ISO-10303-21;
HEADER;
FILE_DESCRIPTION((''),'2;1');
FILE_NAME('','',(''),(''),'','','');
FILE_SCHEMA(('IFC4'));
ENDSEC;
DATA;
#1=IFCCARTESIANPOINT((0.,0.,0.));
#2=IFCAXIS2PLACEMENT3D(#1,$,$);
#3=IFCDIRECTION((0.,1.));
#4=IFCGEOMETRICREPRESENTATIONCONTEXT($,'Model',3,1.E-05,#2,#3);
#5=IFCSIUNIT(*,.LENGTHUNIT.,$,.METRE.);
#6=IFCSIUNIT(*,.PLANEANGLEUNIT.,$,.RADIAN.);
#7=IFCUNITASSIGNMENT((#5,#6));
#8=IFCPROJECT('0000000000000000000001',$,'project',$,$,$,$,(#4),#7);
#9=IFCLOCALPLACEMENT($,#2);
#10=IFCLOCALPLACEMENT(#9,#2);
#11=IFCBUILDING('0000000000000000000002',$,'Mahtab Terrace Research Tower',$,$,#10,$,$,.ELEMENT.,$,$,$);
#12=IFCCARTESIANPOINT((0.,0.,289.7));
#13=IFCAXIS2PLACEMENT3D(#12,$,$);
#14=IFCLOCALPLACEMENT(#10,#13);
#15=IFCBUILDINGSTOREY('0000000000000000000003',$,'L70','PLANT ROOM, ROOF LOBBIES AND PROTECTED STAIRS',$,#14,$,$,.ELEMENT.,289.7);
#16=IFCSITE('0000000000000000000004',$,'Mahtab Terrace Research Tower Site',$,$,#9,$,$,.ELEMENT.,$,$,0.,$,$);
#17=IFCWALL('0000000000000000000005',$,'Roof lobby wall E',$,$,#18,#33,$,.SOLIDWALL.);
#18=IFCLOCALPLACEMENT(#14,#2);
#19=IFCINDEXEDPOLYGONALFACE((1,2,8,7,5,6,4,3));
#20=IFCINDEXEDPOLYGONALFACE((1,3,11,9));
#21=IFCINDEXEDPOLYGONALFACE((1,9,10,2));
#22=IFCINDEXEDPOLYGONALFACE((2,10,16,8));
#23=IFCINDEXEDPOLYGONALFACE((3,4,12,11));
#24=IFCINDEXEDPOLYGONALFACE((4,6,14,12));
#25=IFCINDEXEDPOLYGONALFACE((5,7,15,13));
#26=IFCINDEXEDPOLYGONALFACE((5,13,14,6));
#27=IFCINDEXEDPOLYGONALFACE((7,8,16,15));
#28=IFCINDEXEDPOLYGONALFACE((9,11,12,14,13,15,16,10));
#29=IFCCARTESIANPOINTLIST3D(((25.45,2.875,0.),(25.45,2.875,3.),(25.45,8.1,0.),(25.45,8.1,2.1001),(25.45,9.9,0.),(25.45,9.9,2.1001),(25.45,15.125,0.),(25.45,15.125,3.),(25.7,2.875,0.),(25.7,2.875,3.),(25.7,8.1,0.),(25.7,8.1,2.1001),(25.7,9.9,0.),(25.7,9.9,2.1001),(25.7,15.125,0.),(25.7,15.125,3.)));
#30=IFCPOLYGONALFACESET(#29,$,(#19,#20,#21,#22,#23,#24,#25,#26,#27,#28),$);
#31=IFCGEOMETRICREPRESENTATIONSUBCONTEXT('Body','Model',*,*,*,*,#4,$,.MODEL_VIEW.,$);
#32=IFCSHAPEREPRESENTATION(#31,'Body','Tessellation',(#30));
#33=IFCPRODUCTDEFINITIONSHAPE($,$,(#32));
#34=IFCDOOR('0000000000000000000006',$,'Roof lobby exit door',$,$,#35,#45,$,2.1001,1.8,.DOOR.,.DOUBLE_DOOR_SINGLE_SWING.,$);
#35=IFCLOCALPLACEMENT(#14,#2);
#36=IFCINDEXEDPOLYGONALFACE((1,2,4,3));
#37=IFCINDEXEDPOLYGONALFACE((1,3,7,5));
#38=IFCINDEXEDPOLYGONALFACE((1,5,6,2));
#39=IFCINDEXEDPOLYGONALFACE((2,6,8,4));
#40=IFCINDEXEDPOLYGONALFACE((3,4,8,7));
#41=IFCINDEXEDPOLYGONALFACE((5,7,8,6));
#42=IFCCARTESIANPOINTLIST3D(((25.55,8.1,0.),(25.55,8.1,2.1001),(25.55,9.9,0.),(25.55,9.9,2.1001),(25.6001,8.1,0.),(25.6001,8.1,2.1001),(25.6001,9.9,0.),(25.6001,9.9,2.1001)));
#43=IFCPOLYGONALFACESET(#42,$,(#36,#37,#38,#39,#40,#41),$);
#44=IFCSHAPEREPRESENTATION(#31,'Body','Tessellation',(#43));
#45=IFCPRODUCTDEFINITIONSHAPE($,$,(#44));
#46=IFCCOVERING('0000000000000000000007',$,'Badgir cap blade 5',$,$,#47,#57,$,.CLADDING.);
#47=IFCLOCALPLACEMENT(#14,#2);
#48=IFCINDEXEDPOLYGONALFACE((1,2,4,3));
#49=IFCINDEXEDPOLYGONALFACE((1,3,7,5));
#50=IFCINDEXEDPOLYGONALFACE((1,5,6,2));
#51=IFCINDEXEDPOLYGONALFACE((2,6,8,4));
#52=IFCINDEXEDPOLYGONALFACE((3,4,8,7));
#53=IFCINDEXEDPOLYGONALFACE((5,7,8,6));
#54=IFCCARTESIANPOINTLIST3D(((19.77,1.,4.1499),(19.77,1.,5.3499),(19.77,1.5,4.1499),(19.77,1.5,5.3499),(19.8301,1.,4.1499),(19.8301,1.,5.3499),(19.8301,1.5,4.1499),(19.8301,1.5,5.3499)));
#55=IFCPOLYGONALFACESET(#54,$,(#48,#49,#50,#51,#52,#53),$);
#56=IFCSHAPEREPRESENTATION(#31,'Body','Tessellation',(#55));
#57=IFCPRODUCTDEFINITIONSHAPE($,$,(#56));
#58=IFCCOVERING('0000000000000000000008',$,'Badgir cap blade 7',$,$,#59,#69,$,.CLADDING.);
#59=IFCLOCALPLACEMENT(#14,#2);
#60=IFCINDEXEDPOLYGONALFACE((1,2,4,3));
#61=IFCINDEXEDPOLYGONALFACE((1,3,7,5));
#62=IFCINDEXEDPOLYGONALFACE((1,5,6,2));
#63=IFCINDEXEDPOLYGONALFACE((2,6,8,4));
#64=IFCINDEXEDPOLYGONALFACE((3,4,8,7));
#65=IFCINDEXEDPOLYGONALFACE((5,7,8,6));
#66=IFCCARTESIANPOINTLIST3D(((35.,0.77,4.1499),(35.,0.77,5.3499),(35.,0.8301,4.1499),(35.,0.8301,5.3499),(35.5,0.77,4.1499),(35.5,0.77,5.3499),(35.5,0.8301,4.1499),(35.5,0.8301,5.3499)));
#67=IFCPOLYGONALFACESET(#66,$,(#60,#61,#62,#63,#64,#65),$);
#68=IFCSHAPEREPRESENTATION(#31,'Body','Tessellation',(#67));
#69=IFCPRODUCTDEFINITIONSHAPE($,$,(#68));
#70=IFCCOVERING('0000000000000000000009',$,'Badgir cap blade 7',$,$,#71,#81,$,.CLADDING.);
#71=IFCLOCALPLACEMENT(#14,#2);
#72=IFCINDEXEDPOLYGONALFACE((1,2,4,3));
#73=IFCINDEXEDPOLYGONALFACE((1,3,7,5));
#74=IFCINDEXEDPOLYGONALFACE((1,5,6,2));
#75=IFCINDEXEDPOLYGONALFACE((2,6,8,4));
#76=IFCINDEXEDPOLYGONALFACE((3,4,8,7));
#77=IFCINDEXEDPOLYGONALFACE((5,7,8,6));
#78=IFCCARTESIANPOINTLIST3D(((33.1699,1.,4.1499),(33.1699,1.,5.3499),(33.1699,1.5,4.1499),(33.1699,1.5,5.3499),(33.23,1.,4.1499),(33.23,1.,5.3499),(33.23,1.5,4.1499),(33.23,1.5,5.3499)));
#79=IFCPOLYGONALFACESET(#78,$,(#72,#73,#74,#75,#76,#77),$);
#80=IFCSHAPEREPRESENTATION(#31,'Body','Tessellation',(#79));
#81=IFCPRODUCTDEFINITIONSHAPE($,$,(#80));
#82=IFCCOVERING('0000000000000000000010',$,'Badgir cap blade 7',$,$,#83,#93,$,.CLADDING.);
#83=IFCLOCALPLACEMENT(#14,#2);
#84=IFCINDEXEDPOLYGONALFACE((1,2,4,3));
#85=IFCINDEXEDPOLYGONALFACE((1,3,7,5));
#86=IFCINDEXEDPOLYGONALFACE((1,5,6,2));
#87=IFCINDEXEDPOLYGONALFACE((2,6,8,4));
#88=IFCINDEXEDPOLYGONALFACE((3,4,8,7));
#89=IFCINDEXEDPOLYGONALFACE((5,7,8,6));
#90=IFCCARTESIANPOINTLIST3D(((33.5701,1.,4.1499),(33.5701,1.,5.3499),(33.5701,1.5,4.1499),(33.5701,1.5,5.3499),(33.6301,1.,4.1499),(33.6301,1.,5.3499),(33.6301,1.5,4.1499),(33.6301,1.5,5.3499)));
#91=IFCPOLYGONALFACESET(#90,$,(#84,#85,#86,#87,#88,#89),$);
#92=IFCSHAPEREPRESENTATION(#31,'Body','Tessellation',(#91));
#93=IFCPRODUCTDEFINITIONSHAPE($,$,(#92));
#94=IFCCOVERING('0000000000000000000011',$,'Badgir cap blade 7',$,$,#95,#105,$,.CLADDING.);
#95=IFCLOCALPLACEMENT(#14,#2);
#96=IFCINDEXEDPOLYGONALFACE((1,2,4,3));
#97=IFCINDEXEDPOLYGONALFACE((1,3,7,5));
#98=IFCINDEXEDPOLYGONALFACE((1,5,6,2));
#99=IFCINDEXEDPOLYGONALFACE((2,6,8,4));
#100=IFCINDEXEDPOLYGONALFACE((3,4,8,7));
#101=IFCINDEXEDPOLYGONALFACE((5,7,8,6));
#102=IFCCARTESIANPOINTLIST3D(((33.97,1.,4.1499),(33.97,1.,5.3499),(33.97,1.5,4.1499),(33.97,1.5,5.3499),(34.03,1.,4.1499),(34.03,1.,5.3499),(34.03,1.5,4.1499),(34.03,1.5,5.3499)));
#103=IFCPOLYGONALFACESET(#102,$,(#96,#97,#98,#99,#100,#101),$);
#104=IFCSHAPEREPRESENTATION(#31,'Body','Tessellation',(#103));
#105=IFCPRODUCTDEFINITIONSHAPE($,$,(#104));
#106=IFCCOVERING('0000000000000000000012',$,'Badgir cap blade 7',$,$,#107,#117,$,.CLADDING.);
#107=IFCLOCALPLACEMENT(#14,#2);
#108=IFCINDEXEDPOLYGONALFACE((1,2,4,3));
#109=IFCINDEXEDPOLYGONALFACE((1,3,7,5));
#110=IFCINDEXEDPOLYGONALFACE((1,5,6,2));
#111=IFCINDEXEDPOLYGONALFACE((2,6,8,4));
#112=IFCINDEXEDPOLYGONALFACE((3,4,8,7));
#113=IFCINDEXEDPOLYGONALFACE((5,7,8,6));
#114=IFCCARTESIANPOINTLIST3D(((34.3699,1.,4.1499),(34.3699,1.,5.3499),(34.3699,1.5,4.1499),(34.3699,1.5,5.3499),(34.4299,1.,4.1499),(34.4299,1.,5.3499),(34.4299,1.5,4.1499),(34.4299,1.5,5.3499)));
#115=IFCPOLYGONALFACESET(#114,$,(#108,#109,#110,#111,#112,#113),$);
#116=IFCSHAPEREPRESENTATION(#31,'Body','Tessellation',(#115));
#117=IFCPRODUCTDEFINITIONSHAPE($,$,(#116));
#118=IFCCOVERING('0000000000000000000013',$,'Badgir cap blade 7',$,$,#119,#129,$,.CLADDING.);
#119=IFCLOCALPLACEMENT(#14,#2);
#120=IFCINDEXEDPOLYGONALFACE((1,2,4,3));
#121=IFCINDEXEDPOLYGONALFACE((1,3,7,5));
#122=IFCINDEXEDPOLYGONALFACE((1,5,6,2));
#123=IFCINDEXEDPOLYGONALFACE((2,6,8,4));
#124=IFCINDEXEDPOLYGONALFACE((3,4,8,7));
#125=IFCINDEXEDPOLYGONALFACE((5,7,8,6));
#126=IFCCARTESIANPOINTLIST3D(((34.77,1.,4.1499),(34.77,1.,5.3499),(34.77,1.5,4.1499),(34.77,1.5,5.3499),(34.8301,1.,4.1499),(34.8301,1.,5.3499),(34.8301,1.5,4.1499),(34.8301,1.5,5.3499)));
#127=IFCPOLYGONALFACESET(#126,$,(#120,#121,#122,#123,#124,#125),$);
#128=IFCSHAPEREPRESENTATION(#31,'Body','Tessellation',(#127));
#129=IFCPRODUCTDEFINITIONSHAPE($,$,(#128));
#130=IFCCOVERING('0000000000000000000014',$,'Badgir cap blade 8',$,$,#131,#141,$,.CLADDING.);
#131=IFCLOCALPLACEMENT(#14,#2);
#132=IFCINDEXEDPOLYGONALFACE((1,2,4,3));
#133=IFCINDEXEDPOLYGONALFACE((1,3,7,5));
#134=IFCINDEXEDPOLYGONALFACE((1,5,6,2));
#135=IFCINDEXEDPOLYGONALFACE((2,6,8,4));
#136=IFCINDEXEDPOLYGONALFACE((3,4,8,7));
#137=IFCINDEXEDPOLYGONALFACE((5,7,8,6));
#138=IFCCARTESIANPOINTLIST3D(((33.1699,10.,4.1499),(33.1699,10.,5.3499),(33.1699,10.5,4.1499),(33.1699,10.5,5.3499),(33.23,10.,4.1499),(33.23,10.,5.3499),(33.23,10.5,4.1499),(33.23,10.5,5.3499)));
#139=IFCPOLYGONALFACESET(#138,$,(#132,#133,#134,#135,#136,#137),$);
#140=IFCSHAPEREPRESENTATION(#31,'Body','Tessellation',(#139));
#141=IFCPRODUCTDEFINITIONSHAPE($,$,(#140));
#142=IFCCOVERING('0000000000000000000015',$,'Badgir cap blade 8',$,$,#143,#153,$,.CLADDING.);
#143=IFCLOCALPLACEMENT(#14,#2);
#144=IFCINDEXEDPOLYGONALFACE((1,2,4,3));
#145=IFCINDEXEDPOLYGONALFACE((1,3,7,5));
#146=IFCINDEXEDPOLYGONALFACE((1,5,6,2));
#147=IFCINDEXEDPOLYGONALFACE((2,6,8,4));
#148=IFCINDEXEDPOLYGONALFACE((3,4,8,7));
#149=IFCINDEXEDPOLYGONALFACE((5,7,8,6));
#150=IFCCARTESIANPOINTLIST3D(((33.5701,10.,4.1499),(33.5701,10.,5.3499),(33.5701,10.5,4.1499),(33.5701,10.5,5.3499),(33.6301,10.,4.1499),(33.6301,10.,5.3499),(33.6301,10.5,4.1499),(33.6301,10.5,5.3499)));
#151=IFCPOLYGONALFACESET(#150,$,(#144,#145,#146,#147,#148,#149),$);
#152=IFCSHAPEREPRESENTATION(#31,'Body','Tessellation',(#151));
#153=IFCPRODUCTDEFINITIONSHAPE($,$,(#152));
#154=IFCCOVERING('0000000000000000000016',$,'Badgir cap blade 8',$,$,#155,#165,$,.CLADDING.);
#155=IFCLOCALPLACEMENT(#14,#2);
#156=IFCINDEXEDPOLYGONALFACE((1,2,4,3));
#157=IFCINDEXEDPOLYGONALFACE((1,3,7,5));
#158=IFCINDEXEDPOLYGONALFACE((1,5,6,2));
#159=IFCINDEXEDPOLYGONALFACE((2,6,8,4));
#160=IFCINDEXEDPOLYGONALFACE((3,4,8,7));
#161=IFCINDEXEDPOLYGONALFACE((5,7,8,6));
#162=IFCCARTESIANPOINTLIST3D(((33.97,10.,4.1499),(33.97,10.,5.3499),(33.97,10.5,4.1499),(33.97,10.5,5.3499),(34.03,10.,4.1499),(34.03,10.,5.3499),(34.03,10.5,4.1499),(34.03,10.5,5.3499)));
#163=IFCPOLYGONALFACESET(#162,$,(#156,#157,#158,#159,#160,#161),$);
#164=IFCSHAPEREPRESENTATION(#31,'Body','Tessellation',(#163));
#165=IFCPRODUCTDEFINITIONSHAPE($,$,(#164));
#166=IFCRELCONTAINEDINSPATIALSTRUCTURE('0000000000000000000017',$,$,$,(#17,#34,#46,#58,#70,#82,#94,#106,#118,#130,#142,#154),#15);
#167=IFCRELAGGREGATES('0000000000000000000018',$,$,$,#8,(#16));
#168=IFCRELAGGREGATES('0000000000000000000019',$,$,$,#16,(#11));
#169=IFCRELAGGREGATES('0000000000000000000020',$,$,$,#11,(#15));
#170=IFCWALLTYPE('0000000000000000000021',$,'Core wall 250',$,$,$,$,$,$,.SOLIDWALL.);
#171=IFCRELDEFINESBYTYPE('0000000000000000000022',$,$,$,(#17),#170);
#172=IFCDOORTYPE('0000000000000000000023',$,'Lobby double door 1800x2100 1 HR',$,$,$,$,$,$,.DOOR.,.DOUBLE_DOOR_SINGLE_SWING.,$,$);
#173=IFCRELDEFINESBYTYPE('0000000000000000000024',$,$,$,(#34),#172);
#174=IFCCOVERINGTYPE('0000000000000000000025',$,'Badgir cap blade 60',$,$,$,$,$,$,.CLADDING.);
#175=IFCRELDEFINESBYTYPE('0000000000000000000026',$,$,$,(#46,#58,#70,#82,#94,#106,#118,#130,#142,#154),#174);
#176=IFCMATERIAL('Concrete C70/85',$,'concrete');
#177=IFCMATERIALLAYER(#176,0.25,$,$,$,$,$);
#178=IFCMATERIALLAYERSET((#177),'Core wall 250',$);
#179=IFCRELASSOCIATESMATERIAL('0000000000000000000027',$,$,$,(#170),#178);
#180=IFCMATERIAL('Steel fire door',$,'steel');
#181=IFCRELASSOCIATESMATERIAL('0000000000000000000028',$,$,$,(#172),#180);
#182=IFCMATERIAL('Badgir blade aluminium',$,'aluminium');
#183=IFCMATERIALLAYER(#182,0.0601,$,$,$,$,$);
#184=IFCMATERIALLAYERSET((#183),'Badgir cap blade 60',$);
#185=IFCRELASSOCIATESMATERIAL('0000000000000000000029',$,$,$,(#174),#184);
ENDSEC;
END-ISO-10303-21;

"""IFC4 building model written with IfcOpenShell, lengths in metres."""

from ifc_helpers import new_model, si_unit, direction, frame, frame_2d, origin, origin_2d, place, context, subcontext, project, spatial, rectangle, extrude, material, layer, layer_set, type_object, element, fill, save


model = new_model("IFC4")

# Units and contexts
model_context = context("Model", 3, precision=1e-05, world=origin(), true_north=direction((0.0, 1.0)))
body_context = subcontext(model_context, "Body", "Model", "MODEL_VIEW")
ifc_project = project(units=[si_unit("LENGTHUNIT", "METRE"), si_unit("PLANEANGLEUNIT", "RADIAN")], contexts=[model_context])

# Site, building, storey
site_placement = place(None, origin())
site = spatial("IfcSite", under=ifc_project, at=site_placement, Name="Mahtab Terrace Research Tower Site", CompositionType="ELEMENT", RefElevation=0.0)
building_placement = place(site_placement, origin())
building = spatial("IfcBuilding", under=site, at=building_placement, Name="Mahtab Terrace Research Tower", CompositionType="ELEMENT")
storey_placement = place(building_placement, frame((0.0, 0.0, 289.7)))
storey = spatial("IfcBuildingStorey", under=building, at=storey_placement, Name="L70", Description="PLANT ROOM, ROOF LOBBIES AND PROTECTED STAIRS", CompositionType="ELEMENT", Elevation=289.7)

# Shared definitions
ifc_material_1 = material(Name="Concrete C70/85", Category="concrete")
ifc_layer_1 = layer(ifc_material_1, 0.25)
ifc_layer_set_1 = layer_set([ifc_layer_1], Name="Core wall 250")
wall_type = type_object("IfcWallType", Name="Core wall 250", PredefinedType="SOLIDWALL", material=ifc_layer_set_1)

# Shared definitions
ifc_material_2 = material(Name="Steel fire door", Category="steel")

# Wall, opening, door
wall_1_placement = place(storey_placement, frame((25.575, 2.875, 0.0), z_axis=(0.0, 0.0, 1.0), x_axis=(0.0, 1.0, 0.0)))
wall_1 = element("IfcWall", 1, at=wall_1_placement, inside=storey, type_object=wall_type, Name="Roof lobby wall E", PredefinedType="SOLIDWALL", context=body_context, shape_type="SweptSolid", body=[
    extrude(rectangle(XDim=12.25, YDim=0.25, at=frame_2d((6.125, 0.0))), origin(), (0.0, 0.0, 1.0), 3.0),
])
opening_1_placement = place(wall_1_placement, frame((5.2251, 0.0, 0.0)))
opening_1 = element("IfcOpeningElement", 2, at=opening_1_placement, cuts=wall_1, PredefinedType="OPENING", context=body_context, shape_type="SweptSolid", body=[
    extrude(rectangle(XDim=1.8, YDim=2.1001, at=frame_2d((0.8999, 1.05))), frame((0.0, 0.135, 0.0), z_axis=(0.0, -1.0, 0.0), x_axis=(1.0, 0.0, 0.0)), (0.0, 0.0, 1.0), 0.27),
])
door_type_1 = type_object("IfcDoorType", Name="Lobby double door 1800x2100 1 HR", OperationType="DOUBLE_DOOR_SINGLE_SWING", PredefinedType="DOOR", material=ifc_material_2)
door_1_placement = place(opening_1_placement, origin())
door_1 = element("IfcDoor", 3, at=door_1_placement, inside=storey, type_object=door_type_1, Name="Roof lobby exit door", OperationType="DOUBLE_DOOR_SINGLE_SWING", OverallHeight=2.1001, OverallWidth=1.8, PredefinedType="DOOR", context=body_context, shape_type="SweptSolid", body=[
    extrude(rectangle(XDim=1.8, YDim=2.1001, at=frame_2d((0.8999, 1.05))), frame((0.0, 0.0249, 0.0), z_axis=(0.0, -1.0, 0.0), x_axis=(1.0, 0.0, 0.0)), (0.0, 0.0, 1.0), 0.05),
])
fill(opening_1, door_1)

# Coverings
ifc_material_3 = material(Name="Badgir blade aluminium", Category="aluminium")
ifc_layer_2 = layer(ifc_material_3, 0.0601)
ifc_layer_set_2 = layer_set([ifc_layer_2], Name="Badgir cap blade 60")
covering_type = type_object("IfcCoveringType", Name="Badgir cap blade 60", PredefinedType="CLADDING", material=ifc_layer_set_2)
covering_1_placement = place(storey_placement, frame((19.8, 1.25, 4.1499), z_axis=(0.0, 0.0, 1.0), x_axis=(1.0, 0.0, 0.0)))
element("IfcCovering", 4, at=covering_1_placement, inside=storey, type_object=covering_type, Name="Badgir cap blade 5", PredefinedType="CLADDING", context=body_context, shape_type="SweptSolid", body=[
    extrude(rectangle(XDim=0.0601, YDim=0.5, at=origin_2d()), origin(), (0.0, 0.0, 1.0), 1.2),
])
covering_2_placement = place(storey_placement, frame((35.25, 0.8, 4.1499), z_axis=(0.0, 0.0, 1.0), x_axis=(1.0, 0.0, 0.0)))
element("IfcCovering", 5, at=covering_2_placement, inside=storey, type_object=covering_type, Name="Badgir cap blade 7", PredefinedType="CLADDING", context=body_context, shape_type="SweptSolid", body=[
    extrude(rectangle(XDim=0.5, YDim=0.0601, at=origin_2d()), origin(), (0.0, 0.0, 1.0), 1.2),
])
for number, where, z_axis, x_axis, name in (
    (6, (33.2, 1.25, 4.1499), (0.0, 0.0, 1.0), (1.0, 0.0, 0.0), "Badgir cap blade 7"),
    (7, (33.6001, 1.25, 4.1499), (0.0, 0.0, 1.0), (1.0, 0.0, 0.0), "Badgir cap blade 7"),
    (8, (34.0, 1.25, 4.1499), (0.0, 0.0, 1.0), (1.0, 0.0, 0.0), "Badgir cap blade 7"),
    (9, (34.3999, 1.25, 4.1499), (0.0, 0.0, 1.0), (1.0, 0.0, 0.0), "Badgir cap blade 7"),
    (10, (34.8, 1.25, 4.1499), (0.0, 0.0, 1.0), (1.0, 0.0, 0.0), "Badgir cap blade 7"),
    (11, (33.2, 10.25, 4.1499), (0.0, 0.0, 1.0), (1.0, 0.0, 0.0), "Badgir cap blade 8"),
    (12, (33.6001, 10.25, 4.1499), (0.0, 0.0, 1.0), (1.0, 0.0, 0.0), "Badgir cap blade 8"),
    (13, (34.0, 10.25, 4.1499), (0.0, 0.0, 1.0), (1.0, 0.0, 0.0), "Badgir cap blade 8"),
):
    element("IfcCovering", number, at=place(storey_placement, frame(where, z_axis=z_axis, x_axis=x_axis)), inside=storey, type_object=covering_type, Name=name, PredefinedType="CLADDING", context=body_context, shape_type="SweptSolid", body=[
        extrude(rectangle(XDim=0.0601, YDim=0.5, at=origin_2d()), origin(), (0.0, 0.0, 1.0), 1.2),
    ])

save(model, "model.ifc")
